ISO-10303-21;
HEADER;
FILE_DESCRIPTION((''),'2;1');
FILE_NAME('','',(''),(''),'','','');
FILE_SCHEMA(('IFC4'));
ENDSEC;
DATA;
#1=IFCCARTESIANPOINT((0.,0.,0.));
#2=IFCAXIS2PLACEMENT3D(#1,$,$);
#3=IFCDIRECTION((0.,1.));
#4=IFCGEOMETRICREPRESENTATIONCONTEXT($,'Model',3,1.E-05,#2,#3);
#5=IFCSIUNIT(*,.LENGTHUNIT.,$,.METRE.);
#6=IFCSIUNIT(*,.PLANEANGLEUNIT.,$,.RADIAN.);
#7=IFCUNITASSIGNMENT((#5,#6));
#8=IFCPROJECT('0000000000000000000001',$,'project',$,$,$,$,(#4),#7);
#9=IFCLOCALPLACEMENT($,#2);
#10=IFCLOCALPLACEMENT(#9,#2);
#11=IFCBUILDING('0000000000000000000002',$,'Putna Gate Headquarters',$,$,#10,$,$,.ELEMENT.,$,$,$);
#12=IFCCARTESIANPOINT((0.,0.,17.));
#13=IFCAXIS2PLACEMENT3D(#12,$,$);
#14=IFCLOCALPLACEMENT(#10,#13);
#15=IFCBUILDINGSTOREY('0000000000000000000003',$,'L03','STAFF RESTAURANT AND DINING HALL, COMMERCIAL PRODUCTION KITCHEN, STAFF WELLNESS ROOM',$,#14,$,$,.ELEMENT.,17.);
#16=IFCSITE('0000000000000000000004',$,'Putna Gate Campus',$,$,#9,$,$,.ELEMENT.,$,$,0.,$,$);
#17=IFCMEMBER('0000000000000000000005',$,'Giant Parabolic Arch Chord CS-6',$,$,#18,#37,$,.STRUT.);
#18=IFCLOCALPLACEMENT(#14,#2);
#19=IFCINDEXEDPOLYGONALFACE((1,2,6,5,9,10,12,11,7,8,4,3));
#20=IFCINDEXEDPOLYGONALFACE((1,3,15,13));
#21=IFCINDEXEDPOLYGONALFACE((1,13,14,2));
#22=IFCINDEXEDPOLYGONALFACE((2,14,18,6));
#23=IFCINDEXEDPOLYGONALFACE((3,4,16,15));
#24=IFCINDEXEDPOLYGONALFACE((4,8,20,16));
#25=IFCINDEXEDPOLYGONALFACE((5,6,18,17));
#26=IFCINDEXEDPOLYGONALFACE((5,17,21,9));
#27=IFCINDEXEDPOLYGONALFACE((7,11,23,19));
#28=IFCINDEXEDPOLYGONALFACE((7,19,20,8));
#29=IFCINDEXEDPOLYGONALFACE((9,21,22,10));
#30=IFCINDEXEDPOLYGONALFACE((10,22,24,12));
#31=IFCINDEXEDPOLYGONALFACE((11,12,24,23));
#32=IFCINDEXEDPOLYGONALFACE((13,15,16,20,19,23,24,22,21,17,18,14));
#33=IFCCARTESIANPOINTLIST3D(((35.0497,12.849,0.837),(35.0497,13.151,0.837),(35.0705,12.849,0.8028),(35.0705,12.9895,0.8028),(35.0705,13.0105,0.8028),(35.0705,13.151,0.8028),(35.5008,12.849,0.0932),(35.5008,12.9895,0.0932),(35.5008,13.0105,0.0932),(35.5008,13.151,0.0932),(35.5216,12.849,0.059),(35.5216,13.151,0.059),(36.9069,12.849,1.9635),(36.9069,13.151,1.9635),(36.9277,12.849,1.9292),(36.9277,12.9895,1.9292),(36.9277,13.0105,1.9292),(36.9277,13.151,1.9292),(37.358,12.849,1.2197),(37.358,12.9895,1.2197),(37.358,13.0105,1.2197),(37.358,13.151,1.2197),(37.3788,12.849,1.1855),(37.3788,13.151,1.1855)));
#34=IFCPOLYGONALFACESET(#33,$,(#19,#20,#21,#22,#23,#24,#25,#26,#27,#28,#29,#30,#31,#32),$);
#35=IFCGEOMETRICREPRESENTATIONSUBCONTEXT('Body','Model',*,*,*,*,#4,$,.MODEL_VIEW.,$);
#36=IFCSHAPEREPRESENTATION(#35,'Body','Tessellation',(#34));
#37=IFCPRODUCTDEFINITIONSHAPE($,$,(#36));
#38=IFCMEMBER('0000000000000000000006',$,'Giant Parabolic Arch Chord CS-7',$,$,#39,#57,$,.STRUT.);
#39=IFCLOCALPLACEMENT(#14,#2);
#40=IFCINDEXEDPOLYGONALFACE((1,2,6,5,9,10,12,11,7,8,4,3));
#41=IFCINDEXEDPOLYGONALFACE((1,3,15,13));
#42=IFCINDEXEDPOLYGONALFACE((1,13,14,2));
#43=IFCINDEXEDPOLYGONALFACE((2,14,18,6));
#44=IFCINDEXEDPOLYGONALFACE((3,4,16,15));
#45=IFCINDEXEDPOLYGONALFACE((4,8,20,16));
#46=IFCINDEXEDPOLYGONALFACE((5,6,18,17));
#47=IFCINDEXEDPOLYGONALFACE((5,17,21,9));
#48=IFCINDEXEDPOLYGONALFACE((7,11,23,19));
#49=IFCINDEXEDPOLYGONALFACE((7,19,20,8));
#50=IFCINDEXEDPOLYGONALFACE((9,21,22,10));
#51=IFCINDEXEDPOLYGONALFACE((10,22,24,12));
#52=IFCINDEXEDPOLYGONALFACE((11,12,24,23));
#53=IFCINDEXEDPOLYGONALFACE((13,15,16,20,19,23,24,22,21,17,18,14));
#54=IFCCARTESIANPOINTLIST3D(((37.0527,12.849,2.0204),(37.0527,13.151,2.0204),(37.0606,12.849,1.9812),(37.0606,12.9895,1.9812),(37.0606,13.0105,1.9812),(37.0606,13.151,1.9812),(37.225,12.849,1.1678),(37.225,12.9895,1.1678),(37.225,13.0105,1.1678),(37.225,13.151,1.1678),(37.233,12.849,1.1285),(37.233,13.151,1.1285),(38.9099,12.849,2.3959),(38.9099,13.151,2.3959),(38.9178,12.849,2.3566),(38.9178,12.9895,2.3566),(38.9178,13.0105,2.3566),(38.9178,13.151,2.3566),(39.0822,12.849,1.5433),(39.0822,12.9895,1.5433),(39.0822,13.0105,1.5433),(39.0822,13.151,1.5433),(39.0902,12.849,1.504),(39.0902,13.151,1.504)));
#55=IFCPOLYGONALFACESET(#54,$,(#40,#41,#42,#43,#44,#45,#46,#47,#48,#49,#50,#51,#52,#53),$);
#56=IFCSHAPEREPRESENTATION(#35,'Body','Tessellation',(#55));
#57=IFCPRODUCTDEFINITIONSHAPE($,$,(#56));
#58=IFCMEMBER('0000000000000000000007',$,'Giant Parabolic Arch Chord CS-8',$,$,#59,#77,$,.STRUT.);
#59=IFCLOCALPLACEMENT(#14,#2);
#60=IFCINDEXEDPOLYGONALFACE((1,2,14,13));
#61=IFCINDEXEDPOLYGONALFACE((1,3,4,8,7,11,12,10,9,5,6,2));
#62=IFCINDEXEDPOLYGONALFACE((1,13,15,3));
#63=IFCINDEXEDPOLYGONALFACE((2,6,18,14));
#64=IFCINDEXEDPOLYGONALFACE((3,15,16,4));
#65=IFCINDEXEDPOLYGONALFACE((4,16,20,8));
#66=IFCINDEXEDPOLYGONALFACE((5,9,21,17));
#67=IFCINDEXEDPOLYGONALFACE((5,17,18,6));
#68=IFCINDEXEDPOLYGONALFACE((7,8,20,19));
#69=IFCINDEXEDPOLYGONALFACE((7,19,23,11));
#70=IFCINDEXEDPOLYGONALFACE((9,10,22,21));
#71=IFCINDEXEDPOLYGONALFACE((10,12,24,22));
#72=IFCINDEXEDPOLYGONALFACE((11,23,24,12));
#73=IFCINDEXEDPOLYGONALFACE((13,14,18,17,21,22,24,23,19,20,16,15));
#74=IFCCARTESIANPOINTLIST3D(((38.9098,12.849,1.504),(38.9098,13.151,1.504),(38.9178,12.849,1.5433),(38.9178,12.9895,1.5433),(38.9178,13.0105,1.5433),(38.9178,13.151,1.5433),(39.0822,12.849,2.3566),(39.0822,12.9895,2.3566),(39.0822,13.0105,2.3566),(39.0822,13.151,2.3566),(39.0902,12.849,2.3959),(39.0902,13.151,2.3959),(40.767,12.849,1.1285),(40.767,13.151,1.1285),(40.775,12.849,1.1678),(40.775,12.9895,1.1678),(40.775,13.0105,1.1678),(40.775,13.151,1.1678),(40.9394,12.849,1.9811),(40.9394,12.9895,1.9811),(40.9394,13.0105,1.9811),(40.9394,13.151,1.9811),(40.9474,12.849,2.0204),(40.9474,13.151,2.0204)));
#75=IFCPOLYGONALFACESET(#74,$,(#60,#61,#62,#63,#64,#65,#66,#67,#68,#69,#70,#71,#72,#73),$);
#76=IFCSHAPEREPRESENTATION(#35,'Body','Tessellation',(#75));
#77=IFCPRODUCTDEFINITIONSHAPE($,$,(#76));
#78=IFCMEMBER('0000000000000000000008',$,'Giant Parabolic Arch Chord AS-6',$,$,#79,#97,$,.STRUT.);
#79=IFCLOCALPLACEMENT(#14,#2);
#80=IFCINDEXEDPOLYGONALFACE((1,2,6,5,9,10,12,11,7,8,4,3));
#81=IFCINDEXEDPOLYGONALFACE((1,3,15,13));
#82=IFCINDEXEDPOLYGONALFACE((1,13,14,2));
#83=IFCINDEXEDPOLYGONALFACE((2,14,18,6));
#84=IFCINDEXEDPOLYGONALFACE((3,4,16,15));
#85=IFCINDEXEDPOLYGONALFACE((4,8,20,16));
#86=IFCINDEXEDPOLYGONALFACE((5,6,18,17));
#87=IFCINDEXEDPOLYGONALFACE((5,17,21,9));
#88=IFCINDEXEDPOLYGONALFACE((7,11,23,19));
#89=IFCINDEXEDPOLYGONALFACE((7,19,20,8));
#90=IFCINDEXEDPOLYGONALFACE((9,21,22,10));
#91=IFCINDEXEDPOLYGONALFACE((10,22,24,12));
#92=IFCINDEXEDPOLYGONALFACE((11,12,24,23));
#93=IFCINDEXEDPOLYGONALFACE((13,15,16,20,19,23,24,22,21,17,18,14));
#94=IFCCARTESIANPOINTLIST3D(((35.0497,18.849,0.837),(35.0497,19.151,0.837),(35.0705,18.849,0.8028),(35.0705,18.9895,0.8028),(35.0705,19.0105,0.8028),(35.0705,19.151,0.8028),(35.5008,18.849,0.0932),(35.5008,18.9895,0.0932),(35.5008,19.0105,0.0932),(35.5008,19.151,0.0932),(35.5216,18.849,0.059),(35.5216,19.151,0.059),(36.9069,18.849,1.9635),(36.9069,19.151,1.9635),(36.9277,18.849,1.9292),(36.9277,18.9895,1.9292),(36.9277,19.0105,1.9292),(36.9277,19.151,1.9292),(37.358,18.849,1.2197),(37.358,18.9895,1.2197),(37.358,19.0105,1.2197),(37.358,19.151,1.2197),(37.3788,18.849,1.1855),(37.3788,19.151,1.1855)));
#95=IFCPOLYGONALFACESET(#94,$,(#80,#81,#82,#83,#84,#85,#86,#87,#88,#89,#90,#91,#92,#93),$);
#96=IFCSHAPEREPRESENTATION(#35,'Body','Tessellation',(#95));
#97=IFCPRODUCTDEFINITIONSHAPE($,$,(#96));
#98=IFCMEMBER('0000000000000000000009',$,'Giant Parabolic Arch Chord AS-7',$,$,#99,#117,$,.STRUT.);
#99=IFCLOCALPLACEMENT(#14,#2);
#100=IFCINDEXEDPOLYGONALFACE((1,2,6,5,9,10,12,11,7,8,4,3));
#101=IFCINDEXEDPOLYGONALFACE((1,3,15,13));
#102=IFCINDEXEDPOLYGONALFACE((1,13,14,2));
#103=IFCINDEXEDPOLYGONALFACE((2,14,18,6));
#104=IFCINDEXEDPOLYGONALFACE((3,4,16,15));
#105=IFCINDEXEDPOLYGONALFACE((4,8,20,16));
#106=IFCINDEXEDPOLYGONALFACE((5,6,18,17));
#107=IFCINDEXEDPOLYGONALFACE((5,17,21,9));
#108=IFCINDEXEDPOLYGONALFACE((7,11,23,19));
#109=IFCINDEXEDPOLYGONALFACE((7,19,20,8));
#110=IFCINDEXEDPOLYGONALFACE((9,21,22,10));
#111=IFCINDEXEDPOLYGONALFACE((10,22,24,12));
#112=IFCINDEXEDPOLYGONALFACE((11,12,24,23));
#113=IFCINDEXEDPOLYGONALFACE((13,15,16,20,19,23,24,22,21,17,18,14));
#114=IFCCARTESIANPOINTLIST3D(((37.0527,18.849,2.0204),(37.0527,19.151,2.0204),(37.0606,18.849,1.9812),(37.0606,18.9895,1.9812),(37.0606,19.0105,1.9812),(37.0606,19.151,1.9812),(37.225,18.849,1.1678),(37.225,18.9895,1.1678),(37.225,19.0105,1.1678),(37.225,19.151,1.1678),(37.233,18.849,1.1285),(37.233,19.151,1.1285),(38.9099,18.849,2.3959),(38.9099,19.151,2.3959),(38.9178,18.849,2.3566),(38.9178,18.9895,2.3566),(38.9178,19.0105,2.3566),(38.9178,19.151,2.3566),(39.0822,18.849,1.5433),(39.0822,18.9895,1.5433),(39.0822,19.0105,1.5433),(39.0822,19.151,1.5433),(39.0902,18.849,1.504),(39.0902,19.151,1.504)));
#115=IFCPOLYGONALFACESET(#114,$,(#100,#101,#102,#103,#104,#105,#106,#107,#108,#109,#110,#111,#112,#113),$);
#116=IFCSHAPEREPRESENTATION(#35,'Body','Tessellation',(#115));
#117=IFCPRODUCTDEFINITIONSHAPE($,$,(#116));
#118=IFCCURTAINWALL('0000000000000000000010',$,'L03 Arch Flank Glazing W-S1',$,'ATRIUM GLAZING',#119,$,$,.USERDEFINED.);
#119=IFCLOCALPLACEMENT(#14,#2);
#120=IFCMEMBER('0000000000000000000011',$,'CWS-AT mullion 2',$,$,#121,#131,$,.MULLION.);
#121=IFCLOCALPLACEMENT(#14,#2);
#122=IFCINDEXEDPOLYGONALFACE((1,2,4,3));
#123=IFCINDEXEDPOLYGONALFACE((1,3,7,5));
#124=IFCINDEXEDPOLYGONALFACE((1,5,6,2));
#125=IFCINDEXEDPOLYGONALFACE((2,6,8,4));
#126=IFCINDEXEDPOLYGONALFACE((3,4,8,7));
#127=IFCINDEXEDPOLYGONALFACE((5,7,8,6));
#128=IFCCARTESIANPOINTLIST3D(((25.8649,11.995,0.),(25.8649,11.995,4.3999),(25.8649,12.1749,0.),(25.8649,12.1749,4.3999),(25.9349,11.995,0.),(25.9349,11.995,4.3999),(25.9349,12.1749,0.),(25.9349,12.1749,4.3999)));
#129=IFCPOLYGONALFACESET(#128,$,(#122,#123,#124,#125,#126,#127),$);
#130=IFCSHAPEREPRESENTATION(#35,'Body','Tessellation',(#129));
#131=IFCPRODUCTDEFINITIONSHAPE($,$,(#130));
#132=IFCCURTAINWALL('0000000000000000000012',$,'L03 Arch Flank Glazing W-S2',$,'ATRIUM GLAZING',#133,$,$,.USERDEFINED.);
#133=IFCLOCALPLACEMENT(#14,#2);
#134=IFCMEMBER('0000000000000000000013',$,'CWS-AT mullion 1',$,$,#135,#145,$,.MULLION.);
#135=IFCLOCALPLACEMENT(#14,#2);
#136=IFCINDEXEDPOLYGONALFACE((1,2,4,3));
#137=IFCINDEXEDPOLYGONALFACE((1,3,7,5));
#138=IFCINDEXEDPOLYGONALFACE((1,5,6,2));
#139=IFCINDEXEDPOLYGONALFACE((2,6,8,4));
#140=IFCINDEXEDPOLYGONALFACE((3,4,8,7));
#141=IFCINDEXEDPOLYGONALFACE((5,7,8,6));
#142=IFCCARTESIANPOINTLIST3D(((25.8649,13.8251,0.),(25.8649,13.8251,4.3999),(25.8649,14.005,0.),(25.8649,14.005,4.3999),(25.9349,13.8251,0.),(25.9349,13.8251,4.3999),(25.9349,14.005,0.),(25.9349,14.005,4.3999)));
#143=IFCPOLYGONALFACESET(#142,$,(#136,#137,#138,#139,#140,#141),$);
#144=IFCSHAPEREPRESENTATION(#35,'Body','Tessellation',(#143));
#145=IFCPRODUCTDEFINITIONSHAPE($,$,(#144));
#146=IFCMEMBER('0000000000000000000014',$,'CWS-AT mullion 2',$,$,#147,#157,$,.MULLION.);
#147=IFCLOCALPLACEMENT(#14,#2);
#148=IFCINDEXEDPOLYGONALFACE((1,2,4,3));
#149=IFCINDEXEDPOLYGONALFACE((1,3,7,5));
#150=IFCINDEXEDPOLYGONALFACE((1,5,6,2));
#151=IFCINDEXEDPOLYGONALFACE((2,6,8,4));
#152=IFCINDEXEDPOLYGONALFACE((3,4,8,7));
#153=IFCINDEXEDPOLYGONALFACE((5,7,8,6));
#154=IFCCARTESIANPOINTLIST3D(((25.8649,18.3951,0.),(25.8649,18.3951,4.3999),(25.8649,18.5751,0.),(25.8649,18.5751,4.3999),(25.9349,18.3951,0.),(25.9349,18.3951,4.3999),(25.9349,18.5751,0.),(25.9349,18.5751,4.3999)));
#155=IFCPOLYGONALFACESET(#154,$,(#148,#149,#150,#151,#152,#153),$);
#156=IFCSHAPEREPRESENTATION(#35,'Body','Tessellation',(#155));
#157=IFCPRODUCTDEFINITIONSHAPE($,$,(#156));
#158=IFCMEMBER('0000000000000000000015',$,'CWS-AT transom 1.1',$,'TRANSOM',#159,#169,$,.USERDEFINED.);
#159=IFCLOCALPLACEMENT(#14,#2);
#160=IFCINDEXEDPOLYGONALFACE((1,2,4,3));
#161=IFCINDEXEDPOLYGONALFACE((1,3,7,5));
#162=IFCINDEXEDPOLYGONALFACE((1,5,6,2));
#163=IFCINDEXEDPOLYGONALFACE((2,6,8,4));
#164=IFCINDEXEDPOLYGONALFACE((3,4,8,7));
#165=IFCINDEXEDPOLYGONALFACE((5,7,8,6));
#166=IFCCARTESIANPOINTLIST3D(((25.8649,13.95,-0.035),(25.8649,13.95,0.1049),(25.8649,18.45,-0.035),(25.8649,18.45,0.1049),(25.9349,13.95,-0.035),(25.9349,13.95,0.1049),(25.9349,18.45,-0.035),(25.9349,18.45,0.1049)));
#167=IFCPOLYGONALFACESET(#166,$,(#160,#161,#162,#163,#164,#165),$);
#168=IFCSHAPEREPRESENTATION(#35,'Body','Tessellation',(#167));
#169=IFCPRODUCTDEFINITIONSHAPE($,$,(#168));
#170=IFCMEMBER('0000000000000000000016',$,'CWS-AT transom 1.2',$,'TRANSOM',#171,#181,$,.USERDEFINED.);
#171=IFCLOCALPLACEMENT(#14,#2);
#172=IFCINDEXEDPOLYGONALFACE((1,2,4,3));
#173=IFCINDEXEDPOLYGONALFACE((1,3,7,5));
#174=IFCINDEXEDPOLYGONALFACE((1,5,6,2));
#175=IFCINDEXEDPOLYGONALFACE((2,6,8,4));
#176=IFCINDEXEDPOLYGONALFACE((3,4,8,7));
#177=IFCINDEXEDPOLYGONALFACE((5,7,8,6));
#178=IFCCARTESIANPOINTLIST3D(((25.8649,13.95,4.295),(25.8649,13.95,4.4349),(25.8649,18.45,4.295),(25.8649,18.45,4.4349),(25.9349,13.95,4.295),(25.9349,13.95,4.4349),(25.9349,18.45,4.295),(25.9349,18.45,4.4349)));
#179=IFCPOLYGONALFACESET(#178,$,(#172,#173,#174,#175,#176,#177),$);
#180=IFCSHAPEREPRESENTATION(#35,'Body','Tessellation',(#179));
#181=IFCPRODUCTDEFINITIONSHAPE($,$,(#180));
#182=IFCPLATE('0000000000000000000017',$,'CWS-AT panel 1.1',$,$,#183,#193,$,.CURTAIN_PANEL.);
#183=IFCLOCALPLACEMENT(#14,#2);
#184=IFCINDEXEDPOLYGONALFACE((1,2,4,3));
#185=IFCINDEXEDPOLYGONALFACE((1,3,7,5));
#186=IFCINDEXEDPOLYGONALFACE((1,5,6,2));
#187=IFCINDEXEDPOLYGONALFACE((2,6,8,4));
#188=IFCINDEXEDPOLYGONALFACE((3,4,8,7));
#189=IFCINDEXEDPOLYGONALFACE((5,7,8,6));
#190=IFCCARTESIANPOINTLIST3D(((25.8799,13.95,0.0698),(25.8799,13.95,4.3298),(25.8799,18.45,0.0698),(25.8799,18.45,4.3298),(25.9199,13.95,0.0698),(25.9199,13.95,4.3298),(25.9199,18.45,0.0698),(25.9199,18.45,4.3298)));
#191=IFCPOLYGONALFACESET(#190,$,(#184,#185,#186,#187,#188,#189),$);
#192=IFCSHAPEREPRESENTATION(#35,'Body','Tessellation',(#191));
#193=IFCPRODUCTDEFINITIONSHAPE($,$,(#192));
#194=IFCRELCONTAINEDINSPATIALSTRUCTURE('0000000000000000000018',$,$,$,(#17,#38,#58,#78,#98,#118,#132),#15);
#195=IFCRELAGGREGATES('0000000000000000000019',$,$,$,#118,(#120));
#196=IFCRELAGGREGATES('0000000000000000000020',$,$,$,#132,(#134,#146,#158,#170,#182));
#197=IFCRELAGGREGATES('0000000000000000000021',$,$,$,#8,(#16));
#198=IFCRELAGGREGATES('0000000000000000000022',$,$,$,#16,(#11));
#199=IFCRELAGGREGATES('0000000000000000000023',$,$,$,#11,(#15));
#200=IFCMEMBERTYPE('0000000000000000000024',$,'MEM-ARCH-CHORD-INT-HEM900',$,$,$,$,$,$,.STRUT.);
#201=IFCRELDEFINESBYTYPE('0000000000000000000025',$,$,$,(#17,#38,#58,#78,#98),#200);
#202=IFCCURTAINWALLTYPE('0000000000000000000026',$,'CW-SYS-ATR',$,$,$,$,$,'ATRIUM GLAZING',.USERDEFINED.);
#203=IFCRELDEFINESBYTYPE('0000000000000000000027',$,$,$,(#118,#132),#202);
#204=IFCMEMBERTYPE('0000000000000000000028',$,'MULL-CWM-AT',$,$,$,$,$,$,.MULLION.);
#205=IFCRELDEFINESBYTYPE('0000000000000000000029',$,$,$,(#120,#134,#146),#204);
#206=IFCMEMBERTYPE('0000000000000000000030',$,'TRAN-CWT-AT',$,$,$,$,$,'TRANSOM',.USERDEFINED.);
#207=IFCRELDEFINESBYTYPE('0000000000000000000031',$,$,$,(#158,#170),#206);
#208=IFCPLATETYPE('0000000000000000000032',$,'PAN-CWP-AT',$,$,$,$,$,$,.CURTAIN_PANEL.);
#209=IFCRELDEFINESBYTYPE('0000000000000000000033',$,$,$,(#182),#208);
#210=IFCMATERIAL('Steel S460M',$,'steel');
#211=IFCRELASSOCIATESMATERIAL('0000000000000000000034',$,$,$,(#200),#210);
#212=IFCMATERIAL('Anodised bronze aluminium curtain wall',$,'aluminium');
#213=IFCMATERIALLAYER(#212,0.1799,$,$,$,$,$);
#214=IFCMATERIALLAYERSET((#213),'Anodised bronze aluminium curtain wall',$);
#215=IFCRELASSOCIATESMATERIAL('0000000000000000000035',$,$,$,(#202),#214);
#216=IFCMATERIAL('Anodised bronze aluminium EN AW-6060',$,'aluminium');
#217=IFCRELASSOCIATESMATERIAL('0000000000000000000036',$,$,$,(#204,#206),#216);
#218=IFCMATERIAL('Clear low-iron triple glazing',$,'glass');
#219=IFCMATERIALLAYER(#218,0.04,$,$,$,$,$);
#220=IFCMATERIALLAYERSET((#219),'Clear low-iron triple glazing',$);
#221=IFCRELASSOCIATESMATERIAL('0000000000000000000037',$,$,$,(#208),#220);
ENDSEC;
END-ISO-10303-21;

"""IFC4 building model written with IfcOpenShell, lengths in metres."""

from ifc_helpers import new_model, si_unit, direction, frame, origin, origin_2d, place, context, subcontext, project, spatial, rectangle, i_section, extrude, material, layer, layer_set, material_profile, profile_set, type_object, element, aggregate, save


model = new_model("IFC4")

# Units and contexts
model_context = context("Model", 3, precision=1e-05, world=origin(), true_north=direction((0.0, 1.0)))
body_context = subcontext(model_context, "Body", "Model", "MODEL_VIEW")
ifc_project = project(units=[si_unit("LENGTHUNIT", "METRE"), si_unit("PLANEANGLEUNIT", "RADIAN")], contexts=[model_context])

# Site, building, storey
site_placement = place(None, origin())
site = spatial("IfcSite", under=ifc_project, at=site_placement, Name="Putna Gate Campus", CompositionType="ELEMENT", RefElevation=0.0)
building_placement = place(site_placement, origin())
building = spatial("IfcBuilding", under=site, at=building_placement, Name="Putna Gate Headquarters", CompositionType="ELEMENT")
storey_placement = place(building_placement, frame((0.0, 0.0, 17.0)))
storey = spatial("IfcBuildingStorey", under=building, at=storey_placement, Name="L03", Description="STAFF RESTAURANT AND DINING HALL, COMMERCIAL PRODUCTION KITCHEN, STAFF WELLNESS ROOM", CompositionType="ELEMENT", Elevation=17.0)

# Members
ifc_material_1 = material(Name="Steel S460M", Category="steel")
ifc_material_profile_1 = material_profile(ifc_material_1, i_section(OverallWidth=0.302, OverallDepth=0.9099, WebThickness=0.021, FlangeThickness=0.04, at=origin_2d()), Name="Steel S460M")
ifc_profile_set_1 = profile_set([ifc_material_profile_1], Name="Steel S460M")
member_type_1 = type_object("IfcMemberType", Name="MEM-ARCH-CHORD-INT-HEM900", PredefinedType="STRUT", material=ifc_profile_set_1)
member_1_placement = place(storey_placement, frame((35.2856, 13.0, 0.448), z_axis=(0.855014, 0.0, 0.518606), x_axis=(0.0, 1.0, 0.0)))
element("IfcMember", 1, at=member_1_placement, inside=storey, type_object=member_type_1, Name="Giant Parabolic Arch Chord CS-6", PredefinedType="STRUT", context=body_context, shape_type="SweptSolid", body=[
    extrude(i_section(OverallWidth=0.302, OverallDepth=0.9099, WebThickness=0.021, FlangeThickness=0.04, at=origin_2d()), origin(), (0.0, 0.0, 1.0), 2.1721),
])
for number, where, z_axis, x_axis, name in (
    (2, (37.1428, 13.0, 1.5745), (0.980167, 0.0, 0.198172), (0.0, 1.0, 0.0), "Giant Parabolic Arch Chord CS-7"),
    (3, (39.0, 13.0, 1.95), (0.980167, 0.0, -0.198172), (0.0, 1.0, 0.0), "Giant Parabolic Arch Chord CS-8"),
):
    element("IfcMember", number, at=place(storey_placement, frame(where, z_axis=z_axis, x_axis=x_axis)), inside=storey, type_object=member_type_1, Name=name, PredefinedType="STRUT", context=body_context, shape_type="SweptSolid", body=[
        extrude(i_section(OverallWidth=0.302, OverallDepth=0.9099, WebThickness=0.021, FlangeThickness=0.04, at=origin_2d()), origin(), (0.0, 0.0, 1.0), 1.8948),
    ])
member_2_placement = place(storey_placement, frame((35.2856, 19.0, 0.448), z_axis=(0.855014, 0.0, 0.518606), x_axis=(0.0, 1.0, 0.0)))
element("IfcMember", 4, at=member_2_placement, inside=storey, type_object=member_type_1, Name="Giant Parabolic Arch Chord AS-6", PredefinedType="STRUT", context=body_context, shape_type="SweptSolid", body=[
    extrude(i_section(OverallWidth=0.302, OverallDepth=0.9099, WebThickness=0.021, FlangeThickness=0.04, at=origin_2d()), origin(), (0.0, 0.0, 1.0), 2.1721),
])
member_3_placement = place(storey_placement, frame((37.1428, 19.0, 1.5745), z_axis=(0.980167, 0.0, 0.198172), x_axis=(0.0, 1.0, 0.0)))
element("IfcMember", 5, at=member_3_placement, inside=storey, type_object=member_type_1, Name="Giant Parabolic Arch Chord AS-7", PredefinedType="STRUT", context=body_context, shape_type="SweptSolid", body=[
    extrude(i_section(OverallWidth=0.302, OverallDepth=0.9099, WebThickness=0.021, FlangeThickness=0.04, at=origin_2d()), origin(), (0.0, 0.0, 1.0), 1.8948),
])

# Curtain wall, member
ifc_material_2 = material(Name="Anodised bronze aluminium curtain wall", Category="aluminium")
ifc_layer_1 = layer(ifc_material_2, 0.1799)
ifc_layer_set_1 = layer_set([ifc_layer_1], Name="Anodised bronze aluminium curtain wall")
curtain_wall_type = type_object("IfcCurtainWallType", Name="CW-SYS-ATR", ElementType="ATRIUM GLAZING", PredefinedType="USERDEFINED", material=ifc_layer_set_1)
curtain_wall_1_placement = place(storey_placement, origin())
curtain_wall_1 = element("IfcCurtainWall", 6, at=curtain_wall_1_placement, inside=storey, type_object=curtain_wall_type, Name="L03 Arch Flank Glazing W-S1", ObjectType="ATRIUM GLAZING", PredefinedType="USERDEFINED")
ifc_material_3 = material(Name="Anodised bronze aluminium EN AW-6060", Category="aluminium")
ifc_material_profile_2 = material_profile(ifc_material_3, rectangle(XDim=0.0701, YDim=0.1799, at=origin_2d()), Name="Anodised bronze aluminium EN AW-6060")
ifc_profile_set_2 = profile_set([ifc_material_profile_2], Name="Anodised bronze aluminium EN AW-6060")
member_type_2 = type_object("IfcMemberType", Name="MULL-CWM-AT", PredefinedType="MULLION", material=ifc_profile_set_2)
member_4_placement = place(storey_placement, frame((25.8999, 12.085, 0.0), z_axis=(0.0, 0.0, 1.0), x_axis=(-1.0, 0.0, 0.0)))
member_4 = element("IfcMember", 7, at=member_4_placement, type_object=member_type_2, Name="CWS-AT mullion 2", PredefinedType="MULLION", context=body_context, shape_type="SweptSolid", body=[
    extrude(rectangle(XDim=0.0701, YDim=0.1799, at=origin_2d()), origin(), (0.0, 0.0, 1.0), 4.3999),
])
aggregate(curtain_wall_1, [member_4])

# Curtain wall, members, plate
curtain_wall_2_placement = place(storey_placement, origin())
curtain_wall_2 = element("IfcCurtainWall", 8, at=curtain_wall_2_placement, inside=storey, type_object=curtain_wall_type, Name="L03 Arch Flank Glazing W-S2", ObjectType="ATRIUM GLAZING", PredefinedType="USERDEFINED")
member_5_placement = place(storey_placement, frame((25.8999, 13.915, 0.0), z_axis=(0.0, 0.0, 1.0), x_axis=(-1.0, 0.0, 0.0)))
member_5 = element("IfcMember", 9, at=member_5_placement, type_object=member_type_2, Name="CWS-AT mullion 1", PredefinedType="MULLION", context=body_context, shape_type="SweptSolid", body=[
    extrude(rectangle(XDim=0.0701, YDim=0.1799, at=origin_2d()), origin(), (0.0, 0.0, 1.0), 4.3999),
])
member_6_placement = place(storey_placement, frame((25.8999, 18.4851, 0.0), z_axis=(0.0, 0.0, 1.0), x_axis=(-1.0, 0.0, 0.0)))
member_6 = element("IfcMember", 10, at=member_6_placement, type_object=member_type_2, Name="CWS-AT mullion 2", PredefinedType="MULLION", context=body_context, shape_type="SweptSolid", body=[
    extrude(rectangle(XDim=0.0701, YDim=0.1799, at=origin_2d()), origin(), (0.0, 0.0, 1.0), 4.3999),
])
ifc_material_profile_3 = material_profile(ifc_material_3, rectangle(XDim=0.0701, YDim=0.1399, at=origin_2d()), Name="Anodised bronze aluminium EN AW-6060")
ifc_profile_set_3 = profile_set([ifc_material_profile_3], Name="Anodised bronze aluminium EN AW-6060")
member_type_3 = type_object("IfcMemberType", Name="TRAN-CWT-AT", ElementType="TRANSOM", PredefinedType="USERDEFINED", material=ifc_profile_set_3)
member_7_placement = place(storey_placement, frame((25.8999, 13.95, 0.0349), z_axis=(0.0, 1.0, 0.0), x_axis=(-1.0, 0.0, 0.0)))
member_7 = element("IfcMember", 11, at=member_7_placement, type_object=member_type_3, Name="CWS-AT transom 1.1", ObjectType="TRANSOM", PredefinedType="USERDEFINED", context=body_context, shape_type="SweptSolid", body=[
    extrude(rectangle(XDim=0.0701, YDim=0.1399, at=origin_2d()), origin(), (0.0, 0.0, 1.0), 4.5),
])
member_8_placement = place(storey_placement, frame((25.8999, 13.95, 4.365), z_axis=(0.0, 1.0, 0.0), x_axis=(-1.0, 0.0, 0.0)))
member_8 = element("IfcMember", 12, at=member_8_placement, type_object=member_type_3, Name="CWS-AT transom 1.2", ObjectType="TRANSOM", PredefinedType="USERDEFINED", context=body_context, shape_type="SweptSolid", body=[
    extrude(rectangle(XDim=0.0701, YDim=0.1399, at=origin_2d()), origin(), (0.0, 0.0, 1.0), 4.5),
])
ifc_material_4 = material(Name="Clear low-iron triple glazing", Category="glass")
ifc_layer_2 = layer(ifc_material_4, 0.04)
ifc_layer_set_2 = layer_set([ifc_layer_2], Name="Clear low-iron triple glazing")
plate_type_1 = type_object("IfcPlateType", Name="PAN-CWP-AT", PredefinedType="CURTAIN_PANEL", material=ifc_layer_set_2)
plate_1_placement = place(storey_placement, frame((25.8999, 16.2, 0.0698), z_axis=(0.0, 0.0, 1.0), x_axis=(0.0, 1.0, 0.0)))
plate_1 = element("IfcPlate", 13, at=plate_1_placement, type_object=plate_type_1, Name="CWS-AT panel 1.1", PredefinedType="CURTAIN_PANEL", context=body_context, shape_type="SweptSolid", body=[
    extrude(rectangle(XDim=4.5, YDim=0.04, at=origin_2d()), origin(), (0.0, 0.0, 1.0), 4.26),
])
aggregate(curtain_wall_2, [member_5, member_6, member_7, member_8, plate_1])

save(model, "model.ifc")
